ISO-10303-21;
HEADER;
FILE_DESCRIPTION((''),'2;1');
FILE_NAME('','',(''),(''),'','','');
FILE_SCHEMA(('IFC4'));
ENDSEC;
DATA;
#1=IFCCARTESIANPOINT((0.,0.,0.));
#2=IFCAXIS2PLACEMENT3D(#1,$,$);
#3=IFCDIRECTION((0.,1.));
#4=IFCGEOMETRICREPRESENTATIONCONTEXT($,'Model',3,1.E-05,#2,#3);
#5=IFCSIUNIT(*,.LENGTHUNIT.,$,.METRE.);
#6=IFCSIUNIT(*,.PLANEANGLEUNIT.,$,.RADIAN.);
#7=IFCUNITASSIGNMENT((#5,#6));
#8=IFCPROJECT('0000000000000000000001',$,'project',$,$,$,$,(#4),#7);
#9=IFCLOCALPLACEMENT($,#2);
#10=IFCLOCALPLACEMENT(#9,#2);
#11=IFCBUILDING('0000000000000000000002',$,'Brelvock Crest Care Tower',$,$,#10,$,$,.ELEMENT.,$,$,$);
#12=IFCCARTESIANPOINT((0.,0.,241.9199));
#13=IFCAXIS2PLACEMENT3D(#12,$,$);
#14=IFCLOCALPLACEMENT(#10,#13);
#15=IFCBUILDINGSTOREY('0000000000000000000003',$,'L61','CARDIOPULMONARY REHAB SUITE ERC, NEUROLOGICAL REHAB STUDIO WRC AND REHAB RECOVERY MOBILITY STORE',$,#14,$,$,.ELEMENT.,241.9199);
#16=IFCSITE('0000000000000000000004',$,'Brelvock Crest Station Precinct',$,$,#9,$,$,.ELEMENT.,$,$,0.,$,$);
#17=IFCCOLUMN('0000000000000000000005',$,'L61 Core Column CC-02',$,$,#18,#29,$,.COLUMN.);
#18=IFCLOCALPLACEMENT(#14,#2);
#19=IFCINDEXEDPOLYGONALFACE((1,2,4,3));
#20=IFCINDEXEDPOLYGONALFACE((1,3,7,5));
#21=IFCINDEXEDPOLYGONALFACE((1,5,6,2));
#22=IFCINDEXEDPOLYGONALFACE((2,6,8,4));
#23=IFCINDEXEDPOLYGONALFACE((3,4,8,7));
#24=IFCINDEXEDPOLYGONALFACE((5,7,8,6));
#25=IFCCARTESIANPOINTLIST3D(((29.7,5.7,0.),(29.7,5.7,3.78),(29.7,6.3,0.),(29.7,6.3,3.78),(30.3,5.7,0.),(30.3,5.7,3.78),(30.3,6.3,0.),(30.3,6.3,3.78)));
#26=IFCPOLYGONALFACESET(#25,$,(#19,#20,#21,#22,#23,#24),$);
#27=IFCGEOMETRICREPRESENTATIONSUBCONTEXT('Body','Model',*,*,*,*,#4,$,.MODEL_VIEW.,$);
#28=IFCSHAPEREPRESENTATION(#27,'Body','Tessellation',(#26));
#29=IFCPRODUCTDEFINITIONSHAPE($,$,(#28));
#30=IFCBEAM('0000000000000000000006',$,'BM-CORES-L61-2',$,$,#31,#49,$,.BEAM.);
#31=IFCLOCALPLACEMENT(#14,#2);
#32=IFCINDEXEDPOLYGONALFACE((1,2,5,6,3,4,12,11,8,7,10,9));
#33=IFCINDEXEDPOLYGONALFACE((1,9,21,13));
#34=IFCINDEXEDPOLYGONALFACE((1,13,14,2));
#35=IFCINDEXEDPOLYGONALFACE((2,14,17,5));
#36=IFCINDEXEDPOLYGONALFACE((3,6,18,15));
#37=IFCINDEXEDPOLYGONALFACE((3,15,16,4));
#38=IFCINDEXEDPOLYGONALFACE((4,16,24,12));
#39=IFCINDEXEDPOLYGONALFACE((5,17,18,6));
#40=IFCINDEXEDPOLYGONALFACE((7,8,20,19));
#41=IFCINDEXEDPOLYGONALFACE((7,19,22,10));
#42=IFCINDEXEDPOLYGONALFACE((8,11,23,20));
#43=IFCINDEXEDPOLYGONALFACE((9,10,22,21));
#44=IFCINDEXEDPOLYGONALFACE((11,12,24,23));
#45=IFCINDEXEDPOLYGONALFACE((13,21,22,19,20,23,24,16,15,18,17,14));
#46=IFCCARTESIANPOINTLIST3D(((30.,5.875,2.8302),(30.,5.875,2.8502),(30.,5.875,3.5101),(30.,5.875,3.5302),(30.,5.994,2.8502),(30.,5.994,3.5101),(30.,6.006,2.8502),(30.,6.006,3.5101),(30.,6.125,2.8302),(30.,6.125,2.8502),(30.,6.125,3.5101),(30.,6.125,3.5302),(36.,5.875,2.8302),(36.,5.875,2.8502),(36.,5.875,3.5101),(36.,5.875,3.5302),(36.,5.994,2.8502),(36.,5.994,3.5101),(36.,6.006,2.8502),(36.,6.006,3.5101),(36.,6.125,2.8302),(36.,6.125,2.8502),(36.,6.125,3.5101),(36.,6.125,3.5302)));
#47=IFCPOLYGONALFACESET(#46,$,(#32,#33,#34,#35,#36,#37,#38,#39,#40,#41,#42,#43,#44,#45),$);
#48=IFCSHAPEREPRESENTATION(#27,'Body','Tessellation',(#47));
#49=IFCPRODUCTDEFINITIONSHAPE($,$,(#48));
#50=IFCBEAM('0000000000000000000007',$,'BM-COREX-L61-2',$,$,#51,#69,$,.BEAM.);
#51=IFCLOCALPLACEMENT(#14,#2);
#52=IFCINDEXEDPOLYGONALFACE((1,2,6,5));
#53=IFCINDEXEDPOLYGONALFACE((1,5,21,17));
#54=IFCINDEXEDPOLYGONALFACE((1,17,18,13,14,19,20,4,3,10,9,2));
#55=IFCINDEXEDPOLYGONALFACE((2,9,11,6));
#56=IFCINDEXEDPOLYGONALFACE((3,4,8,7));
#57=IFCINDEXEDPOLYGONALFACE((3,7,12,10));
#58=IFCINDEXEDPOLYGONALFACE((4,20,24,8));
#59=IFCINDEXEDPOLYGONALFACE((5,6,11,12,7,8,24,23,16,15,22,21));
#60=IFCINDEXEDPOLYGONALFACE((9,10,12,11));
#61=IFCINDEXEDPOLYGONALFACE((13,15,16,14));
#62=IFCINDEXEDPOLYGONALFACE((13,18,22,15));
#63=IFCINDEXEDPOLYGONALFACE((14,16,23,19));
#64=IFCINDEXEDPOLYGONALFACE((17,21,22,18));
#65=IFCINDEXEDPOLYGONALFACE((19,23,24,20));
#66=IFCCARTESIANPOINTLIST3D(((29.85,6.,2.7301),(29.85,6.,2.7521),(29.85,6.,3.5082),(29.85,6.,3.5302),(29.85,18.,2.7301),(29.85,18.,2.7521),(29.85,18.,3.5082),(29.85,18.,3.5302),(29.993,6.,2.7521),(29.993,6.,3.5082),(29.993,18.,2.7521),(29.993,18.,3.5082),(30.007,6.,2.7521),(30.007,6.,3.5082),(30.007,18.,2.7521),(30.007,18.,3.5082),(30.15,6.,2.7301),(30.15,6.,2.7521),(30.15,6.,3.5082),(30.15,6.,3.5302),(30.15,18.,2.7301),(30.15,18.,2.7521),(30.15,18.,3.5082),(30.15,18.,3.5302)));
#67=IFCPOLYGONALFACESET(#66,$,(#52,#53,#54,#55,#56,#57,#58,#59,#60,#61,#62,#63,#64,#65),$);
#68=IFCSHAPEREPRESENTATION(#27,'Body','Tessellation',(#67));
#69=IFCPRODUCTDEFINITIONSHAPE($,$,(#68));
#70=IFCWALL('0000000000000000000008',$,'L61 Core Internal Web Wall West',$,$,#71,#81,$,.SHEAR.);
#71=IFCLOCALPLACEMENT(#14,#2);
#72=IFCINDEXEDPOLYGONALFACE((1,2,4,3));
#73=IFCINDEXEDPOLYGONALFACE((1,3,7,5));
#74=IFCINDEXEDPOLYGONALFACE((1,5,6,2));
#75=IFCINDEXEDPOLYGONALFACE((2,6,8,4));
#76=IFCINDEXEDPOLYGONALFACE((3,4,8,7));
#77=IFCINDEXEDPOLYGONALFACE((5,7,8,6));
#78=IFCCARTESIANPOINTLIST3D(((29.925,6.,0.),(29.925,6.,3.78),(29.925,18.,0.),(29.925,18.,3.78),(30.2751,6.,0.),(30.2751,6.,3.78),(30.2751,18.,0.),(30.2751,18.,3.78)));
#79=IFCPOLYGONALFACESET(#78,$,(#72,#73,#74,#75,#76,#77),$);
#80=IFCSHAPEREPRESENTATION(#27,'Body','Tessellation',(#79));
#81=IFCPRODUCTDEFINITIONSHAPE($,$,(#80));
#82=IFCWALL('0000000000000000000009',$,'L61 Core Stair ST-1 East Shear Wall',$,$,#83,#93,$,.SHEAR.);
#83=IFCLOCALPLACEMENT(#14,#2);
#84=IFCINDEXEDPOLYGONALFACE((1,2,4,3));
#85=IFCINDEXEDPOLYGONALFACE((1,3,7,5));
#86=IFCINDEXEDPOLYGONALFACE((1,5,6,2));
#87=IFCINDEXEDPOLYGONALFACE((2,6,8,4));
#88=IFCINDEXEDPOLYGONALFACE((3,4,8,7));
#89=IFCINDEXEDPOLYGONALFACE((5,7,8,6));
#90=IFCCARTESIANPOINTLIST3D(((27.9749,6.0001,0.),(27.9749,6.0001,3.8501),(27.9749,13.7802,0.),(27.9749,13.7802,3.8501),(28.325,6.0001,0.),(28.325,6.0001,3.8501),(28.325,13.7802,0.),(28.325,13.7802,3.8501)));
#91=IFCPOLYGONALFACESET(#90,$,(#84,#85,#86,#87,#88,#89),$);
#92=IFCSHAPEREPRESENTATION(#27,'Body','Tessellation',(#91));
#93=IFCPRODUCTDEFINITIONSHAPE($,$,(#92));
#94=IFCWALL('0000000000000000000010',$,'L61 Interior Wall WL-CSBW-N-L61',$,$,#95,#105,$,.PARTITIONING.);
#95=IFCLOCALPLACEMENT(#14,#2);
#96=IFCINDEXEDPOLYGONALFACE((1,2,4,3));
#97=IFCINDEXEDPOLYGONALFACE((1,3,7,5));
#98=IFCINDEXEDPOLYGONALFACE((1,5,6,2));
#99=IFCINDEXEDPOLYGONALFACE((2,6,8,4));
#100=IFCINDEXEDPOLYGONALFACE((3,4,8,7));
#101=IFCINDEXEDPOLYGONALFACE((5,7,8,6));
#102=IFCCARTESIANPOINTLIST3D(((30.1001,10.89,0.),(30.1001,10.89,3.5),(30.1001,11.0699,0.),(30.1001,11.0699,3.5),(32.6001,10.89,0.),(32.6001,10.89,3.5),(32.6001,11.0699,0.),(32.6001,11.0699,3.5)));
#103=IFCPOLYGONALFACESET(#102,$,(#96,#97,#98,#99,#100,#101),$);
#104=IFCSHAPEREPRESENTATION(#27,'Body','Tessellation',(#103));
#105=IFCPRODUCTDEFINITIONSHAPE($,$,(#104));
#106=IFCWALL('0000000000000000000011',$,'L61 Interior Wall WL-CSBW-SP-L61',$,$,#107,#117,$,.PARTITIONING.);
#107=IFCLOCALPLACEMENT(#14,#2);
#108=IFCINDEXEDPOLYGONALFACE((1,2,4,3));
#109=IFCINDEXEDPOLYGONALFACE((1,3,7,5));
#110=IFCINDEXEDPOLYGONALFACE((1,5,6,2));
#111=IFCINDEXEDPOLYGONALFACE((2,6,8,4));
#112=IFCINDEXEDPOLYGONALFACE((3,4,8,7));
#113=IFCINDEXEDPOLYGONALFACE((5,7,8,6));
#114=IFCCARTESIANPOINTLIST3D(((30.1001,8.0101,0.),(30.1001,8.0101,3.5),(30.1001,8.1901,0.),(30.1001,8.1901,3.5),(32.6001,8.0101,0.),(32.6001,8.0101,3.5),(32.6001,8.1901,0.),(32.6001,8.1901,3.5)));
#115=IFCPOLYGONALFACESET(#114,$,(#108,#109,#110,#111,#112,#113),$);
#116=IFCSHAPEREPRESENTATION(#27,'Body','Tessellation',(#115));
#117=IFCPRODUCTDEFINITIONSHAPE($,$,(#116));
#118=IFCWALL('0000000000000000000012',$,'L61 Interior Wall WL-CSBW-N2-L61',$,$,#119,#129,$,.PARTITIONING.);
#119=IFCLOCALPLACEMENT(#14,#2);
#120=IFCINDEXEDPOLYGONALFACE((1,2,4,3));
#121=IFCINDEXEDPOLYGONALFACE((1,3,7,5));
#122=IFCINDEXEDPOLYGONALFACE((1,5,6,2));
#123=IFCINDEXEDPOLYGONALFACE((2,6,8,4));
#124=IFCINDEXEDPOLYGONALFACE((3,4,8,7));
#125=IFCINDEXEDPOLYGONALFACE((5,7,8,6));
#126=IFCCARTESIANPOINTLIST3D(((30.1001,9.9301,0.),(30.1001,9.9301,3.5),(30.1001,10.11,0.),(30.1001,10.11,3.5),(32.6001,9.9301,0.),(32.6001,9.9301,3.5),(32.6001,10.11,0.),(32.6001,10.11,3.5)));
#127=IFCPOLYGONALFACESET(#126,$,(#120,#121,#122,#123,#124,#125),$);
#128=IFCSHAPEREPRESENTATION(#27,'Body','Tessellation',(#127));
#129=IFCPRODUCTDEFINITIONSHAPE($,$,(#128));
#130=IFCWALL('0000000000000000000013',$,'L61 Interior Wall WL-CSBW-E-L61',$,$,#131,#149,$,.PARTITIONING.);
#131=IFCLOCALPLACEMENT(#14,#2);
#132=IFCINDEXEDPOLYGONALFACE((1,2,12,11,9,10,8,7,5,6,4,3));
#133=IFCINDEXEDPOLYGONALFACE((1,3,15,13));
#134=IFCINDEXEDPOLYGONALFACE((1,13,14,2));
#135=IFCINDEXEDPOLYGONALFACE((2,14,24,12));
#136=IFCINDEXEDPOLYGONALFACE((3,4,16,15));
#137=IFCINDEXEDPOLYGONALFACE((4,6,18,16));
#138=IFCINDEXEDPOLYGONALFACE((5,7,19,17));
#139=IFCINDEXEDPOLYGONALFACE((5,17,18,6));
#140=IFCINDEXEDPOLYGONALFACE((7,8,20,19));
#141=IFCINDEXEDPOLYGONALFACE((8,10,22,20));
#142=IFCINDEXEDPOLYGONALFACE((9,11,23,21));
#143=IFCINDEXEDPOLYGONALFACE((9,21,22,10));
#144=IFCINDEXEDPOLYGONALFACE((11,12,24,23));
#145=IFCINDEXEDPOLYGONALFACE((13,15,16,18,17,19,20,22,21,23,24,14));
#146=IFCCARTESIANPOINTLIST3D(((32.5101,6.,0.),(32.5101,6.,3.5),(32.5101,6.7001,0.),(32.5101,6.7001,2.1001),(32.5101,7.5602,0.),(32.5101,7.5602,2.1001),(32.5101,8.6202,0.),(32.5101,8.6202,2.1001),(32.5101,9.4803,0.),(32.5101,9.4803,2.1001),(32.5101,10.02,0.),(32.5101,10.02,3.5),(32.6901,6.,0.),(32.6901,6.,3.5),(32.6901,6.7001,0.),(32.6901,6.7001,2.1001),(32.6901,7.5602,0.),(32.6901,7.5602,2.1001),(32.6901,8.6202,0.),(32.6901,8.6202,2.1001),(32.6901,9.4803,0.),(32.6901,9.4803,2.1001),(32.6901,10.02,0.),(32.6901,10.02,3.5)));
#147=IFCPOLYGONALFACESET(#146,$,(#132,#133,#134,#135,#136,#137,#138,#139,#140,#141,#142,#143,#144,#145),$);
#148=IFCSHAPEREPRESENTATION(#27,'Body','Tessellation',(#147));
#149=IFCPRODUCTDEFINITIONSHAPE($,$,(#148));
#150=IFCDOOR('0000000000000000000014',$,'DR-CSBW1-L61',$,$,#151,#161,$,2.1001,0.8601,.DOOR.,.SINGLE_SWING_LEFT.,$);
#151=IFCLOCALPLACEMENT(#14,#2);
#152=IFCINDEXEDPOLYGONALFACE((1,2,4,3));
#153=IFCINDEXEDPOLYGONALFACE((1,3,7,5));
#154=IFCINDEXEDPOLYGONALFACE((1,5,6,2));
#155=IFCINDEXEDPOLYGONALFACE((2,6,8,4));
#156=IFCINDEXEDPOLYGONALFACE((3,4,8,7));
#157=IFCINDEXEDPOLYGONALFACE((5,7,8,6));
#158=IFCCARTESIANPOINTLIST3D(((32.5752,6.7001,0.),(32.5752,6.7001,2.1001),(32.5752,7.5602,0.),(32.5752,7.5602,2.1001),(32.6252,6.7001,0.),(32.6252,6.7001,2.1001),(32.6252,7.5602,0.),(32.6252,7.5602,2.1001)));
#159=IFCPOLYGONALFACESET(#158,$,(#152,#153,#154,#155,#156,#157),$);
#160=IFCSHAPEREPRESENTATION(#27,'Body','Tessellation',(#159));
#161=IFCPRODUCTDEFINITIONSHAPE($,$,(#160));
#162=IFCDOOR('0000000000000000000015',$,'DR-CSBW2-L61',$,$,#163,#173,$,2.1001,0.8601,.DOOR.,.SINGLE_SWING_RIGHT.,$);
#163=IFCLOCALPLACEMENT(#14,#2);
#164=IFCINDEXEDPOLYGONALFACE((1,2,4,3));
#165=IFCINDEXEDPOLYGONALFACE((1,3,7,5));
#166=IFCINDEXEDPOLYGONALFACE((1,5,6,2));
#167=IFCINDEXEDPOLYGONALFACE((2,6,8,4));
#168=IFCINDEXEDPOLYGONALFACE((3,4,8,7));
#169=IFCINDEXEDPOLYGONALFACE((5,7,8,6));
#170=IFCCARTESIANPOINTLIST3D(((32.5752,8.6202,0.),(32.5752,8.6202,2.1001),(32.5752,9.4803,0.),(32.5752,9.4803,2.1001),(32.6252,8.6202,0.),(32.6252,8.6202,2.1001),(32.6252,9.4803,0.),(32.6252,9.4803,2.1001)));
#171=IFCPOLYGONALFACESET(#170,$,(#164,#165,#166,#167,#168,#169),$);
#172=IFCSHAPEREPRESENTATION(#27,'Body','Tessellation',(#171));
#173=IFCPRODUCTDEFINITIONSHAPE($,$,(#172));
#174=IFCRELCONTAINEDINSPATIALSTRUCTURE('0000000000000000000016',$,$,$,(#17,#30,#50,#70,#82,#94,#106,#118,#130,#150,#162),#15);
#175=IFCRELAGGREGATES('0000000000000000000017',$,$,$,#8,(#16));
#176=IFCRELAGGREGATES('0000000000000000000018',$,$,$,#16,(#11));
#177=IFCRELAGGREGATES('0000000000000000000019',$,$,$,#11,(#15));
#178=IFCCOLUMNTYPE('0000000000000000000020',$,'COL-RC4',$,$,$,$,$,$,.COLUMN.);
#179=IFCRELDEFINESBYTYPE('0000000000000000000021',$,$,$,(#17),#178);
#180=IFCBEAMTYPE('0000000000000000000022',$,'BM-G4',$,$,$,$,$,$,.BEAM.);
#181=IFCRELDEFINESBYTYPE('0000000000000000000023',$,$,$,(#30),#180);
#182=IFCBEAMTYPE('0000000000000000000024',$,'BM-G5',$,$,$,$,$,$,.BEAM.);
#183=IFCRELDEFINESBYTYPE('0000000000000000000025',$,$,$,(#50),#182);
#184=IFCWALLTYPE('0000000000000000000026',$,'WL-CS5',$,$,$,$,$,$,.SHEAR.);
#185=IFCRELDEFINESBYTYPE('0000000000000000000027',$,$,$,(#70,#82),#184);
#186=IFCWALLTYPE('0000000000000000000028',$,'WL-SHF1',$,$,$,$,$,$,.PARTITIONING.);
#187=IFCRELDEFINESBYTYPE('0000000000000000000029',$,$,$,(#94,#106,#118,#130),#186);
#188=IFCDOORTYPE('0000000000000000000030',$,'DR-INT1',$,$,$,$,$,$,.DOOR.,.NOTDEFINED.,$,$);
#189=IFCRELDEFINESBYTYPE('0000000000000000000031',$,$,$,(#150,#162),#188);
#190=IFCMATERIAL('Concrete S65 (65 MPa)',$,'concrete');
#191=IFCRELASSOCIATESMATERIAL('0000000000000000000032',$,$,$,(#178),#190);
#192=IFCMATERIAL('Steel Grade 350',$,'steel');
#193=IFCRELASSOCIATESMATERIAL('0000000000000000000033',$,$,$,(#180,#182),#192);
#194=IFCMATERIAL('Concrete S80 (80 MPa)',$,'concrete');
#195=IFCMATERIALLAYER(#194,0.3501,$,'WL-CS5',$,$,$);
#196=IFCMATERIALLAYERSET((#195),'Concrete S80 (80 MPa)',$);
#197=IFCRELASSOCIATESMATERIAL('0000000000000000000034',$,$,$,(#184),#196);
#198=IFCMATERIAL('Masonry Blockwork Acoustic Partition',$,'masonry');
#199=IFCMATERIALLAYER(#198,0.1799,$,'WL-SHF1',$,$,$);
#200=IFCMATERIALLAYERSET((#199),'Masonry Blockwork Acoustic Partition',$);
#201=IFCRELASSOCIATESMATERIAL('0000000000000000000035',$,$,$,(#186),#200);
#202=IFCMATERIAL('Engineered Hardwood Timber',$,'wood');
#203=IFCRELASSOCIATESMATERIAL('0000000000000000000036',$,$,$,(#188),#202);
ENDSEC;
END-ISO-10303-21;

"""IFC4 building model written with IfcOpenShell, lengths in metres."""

from ifc_helpers import new_model, si_unit, direction, frame, frame_2d, origin, origin_2d, place, context, subcontext, project, spatial, rectangle, i_section, extrude, source, transform, mapped, material, layer, layer_set, material_profile, profile_set, type_object, element, fill, save


model = new_model("IFC4")

# Units and contexts
model_context = context("Model", 3, precision=1e-05, world=origin(), true_north=direction((0.0, 1.0)))
body_context = subcontext(model_context, "Body", "Model", "MODEL_VIEW")
ifc_project = project(units=[si_unit("LENGTHUNIT", "METRE"), si_unit("PLANEANGLEUNIT", "RADIAN")], contexts=[model_context])

# Site, building, storey
site_placement = place(None, origin())
site = spatial("IfcSite", under=ifc_project, at=site_placement, Name="Brelvock Crest Station Precinct", CompositionType="ELEMENT", RefElevation=0.0)
building_placement = place(site_placement, origin())
building = spatial("IfcBuilding", under=site, at=building_placement, Name="Brelvock Crest Care Tower", CompositionType="ELEMENT")
storey_placement = place(building_placement, frame((0.0, 0.0, 241.9199)))
storey = spatial("IfcBuildingStorey", under=building, at=storey_placement, Name="L61", Description="CARDIOPULMONARY REHAB SUITE ERC, NEUROLOGICAL REHAB STUDIO WRC AND REHAB RECOVERY MOBILITY STORE", CompositionType="ELEMENT", Elevation=241.9199)

# Column
ifc_material_1 = material(Name="Concrete S65 (65 MPa)", Category="concrete")
ifc_material_profile_1 = material_profile(ifc_material_1, rectangle(XDim=0.6001, YDim=0.6001, at=origin_2d()), Name="RC600x600")
ifc_profile_set_1 = profile_set([ifc_material_profile_1], Name="Concrete S65 (65 MPa)")
column_type = type_object("IfcColumnType", Name="COL-RC4", PredefinedType="COLUMN", material=ifc_profile_set_1)
shared_shape_1 = source(origin(), body_context, "Body", "SweptSolid", [
    extrude(rectangle(XDim=0.6001, YDim=0.6001, at=origin_2d()), origin(), (0.0, 0.0, 1.0), 3.78),
])
column_placement = place(storey_placement, frame((30.0, 6.0, 0.0), z_axis=(0.0, 0.0, 1.0), x_axis=(1.0, 0.0, 0.0)))
element("IfcColumn", 1, at=column_placement, inside=storey, type_object=column_type, Name="L61 Core Column CC-02", PredefinedType="COLUMN", context=body_context, shape_type="MappedRepresentation", body=[
    mapped(shared_shape_1, transform((0.0, 0.0, 0.0), x_axis=(1.0, 0.0, 0.0), y_axis=(0.0, 1.0, 0.0), z_axis=(0.0, 0.0, 1.0), scale=1.0)),
])

# Beams
ifc_material_2 = material(Name="Steel Grade 350", Category="steel")
ifc_material_profile_2 = material_profile(ifc_material_2, i_section(OverallWidth=0.25, OverallDepth=0.7, WebThickness=0.012, FlangeThickness=0.02, at=origin_2d()), Name="700WB150")
ifc_profile_set_2 = profile_set([ifc_material_profile_2], Name="Steel Grade 350")
beam_type_1 = type_object("IfcBeamType", Name="BM-G4", PredefinedType="BEAM", material=ifc_profile_set_2)
shared_shape_2 = source(origin(), body_context, "Body", "SweptSolid", [
    extrude(i_section(OverallWidth=0.25, OverallDepth=0.7, WebThickness=0.012, FlangeThickness=0.02, at=origin_2d()), origin(), (0.0, 0.0, 1.0), 6.0),
])
beam_1_placement = place(storey_placement, frame((30.0, 6.0, 3.1802), z_axis=(1.0, 0.0, 0.0), x_axis=(0.0, 1.0, 0.0)))
element("IfcBeam", 2, at=beam_1_placement, inside=storey, type_object=beam_type_1, Name="BM-CORES-L61-2", PredefinedType="BEAM", context=body_context, shape_type="MappedRepresentation", body=[
    mapped(shared_shape_2, transform((0.0, 0.0, 0.0), x_axis=(1.0, 0.0, 0.0), y_axis=(0.0, 1.0, 0.0), z_axis=(0.0, 0.0, 1.0), scale=1.0)),
])
ifc_material_profile_3 = material_profile(ifc_material_2, i_section(OverallWidth=0.3, OverallDepth=0.8, WebThickness=0.0139, FlangeThickness=0.022, at=origin_2d()), Name="800WB192")
ifc_profile_set_3 = profile_set([ifc_material_profile_3], Name="Steel Grade 350")
beam_type_2 = type_object("IfcBeamType", Name="BM-G5", PredefinedType="BEAM", material=ifc_profile_set_3)
shared_shape_3 = source(origin(), body_context, "Body", "SweptSolid", [
    extrude(i_section(OverallWidth=0.3, OverallDepth=0.8, WebThickness=0.0139, FlangeThickness=0.022, at=origin_2d()), origin(), (0.0, 0.0, 1.0), 12.0),
])
beam_2_placement = place(storey_placement, frame((30.0, 6.0, 3.1301), z_axis=(0.0, 1.0, 0.0), x_axis=(-1.0, 0.0, 0.0)))
element("IfcBeam", 3, at=beam_2_placement, inside=storey, type_object=beam_type_2, Name="BM-COREX-L61-2", PredefinedType="BEAM", context=body_context, shape_type="MappedRepresentation", body=[
    mapped(shared_shape_3, transform((0.0, 0.0, 0.0), x_axis=(1.0, 0.0, 0.0), y_axis=(0.0, 1.0, 0.0), z_axis=(0.0, 0.0, 1.0), scale=1.0)),
])

# Walls
ifc_material_3 = material(Name="Concrete S80 (80 MPa)", Category="concrete")
ifc_layer_1 = layer(ifc_material_3, 0.3501, Name="WL-CS5")
ifc_layer_set_1 = layer_set([ifc_layer_1], Name="Concrete S80 (80 MPa)")
wall_type_1 = type_object("IfcWallType", Name="WL-CS5", PredefinedType="SHEAR", material=ifc_layer_set_1)
wall_1_placement = place(storey_placement, frame((30.1001, 6.0, 0.0), z_axis=(0.0, 0.0, 1.0), x_axis=(0.0, 1.0, 0.0)))
element("IfcWall", 4, at=wall_1_placement, inside=storey, type_object=wall_type_1, Name="L61 Core Internal Web Wall West", PredefinedType="SHEAR", context=body_context, shape_type="SweptSolid", body=[
    extrude(rectangle(XDim=12.0, YDim=0.3501, at=frame_2d((6.0, 0.0))), origin(), (0.0, 0.0, 1.0), 3.78),
])
wall_2_placement = place(storey_placement, frame((28.1499, 6.0, 0.0), z_axis=(0.0, 0.0, 1.0), x_axis=(0.0, 1.0, 0.0)))
element("IfcWall", 5, at=wall_2_placement, inside=storey, type_object=wall_type_1, Name="L61 Core Stair ST-1 East Shear Wall", PredefinedType="SHEAR", context=body_context, shape_type="SweptSolid", body=[
    extrude(rectangle(XDim=7.78, YDim=0.3501, at=frame_2d((3.8901, 0.0))), origin(), (0.0, 0.0, 1.0), 3.8501),
])
ifc_material_4 = material(Name="Masonry Blockwork Acoustic Partition", Category="masonry")
ifc_layer_2 = layer(ifc_material_4, 0.1799, Name="WL-SHF1")
ifc_layer_set_2 = layer_set([ifc_layer_2], Name="Masonry Blockwork Acoustic Partition")
wall_type_2 = type_object("IfcWallType", Name="WL-SHF1", PredefinedType="PARTITIONING", material=ifc_layer_set_2)
for number, where, z_axis, x_axis, name in (
    (6, (30.1001, 10.98, 0.0), (0.0, 0.0, 1.0), (1.0, 0.0, 0.0), "L61 Interior Wall WL-CSBW-N-L61"),
    (7, (30.1001, 8.1001, 0.0), (0.0, 0.0, 1.0), (1.0, 0.0, 0.0), "L61 Interior Wall WL-CSBW-SP-L61"),
    (8, (30.1001, 10.02, 0.0), (0.0, 0.0, 1.0), (1.0, 0.0, 0.0), "L61 Interior Wall WL-CSBW-N2-L61"),
):
    element("IfcWall", number, at=place(storey_placement, frame(where, z_axis=z_axis, x_axis=x_axis)), inside=storey, type_object=wall_type_2, Name=name, PredefinedType="PARTITIONING", context=body_context, shape_type="SweptSolid", body=[
        extrude(rectangle(XDim=2.5, YDim=0.1799, at=frame_2d((1.25, 0.0))), origin(), (0.0, 0.0, 1.0), 3.5),
    ])

# Wall, openings, doors
wall_3_placement = place(storey_placement, frame((32.6001, 6.0, 0.0), z_axis=(0.0, 0.0, 1.0), x_axis=(0.0, 1.0, 0.0)))
wall_3 = element("IfcWall", 9, at=wall_3_placement, inside=storey, type_object=wall_type_2, Name="L61 Interior Wall WL-CSBW-E-L61", PredefinedType="PARTITIONING", context=body_context, shape_type="SweptSolid", body=[
    extrude(rectangle(XDim=4.02, YDim=0.1799, at=frame_2d((2.01, 0.0))), origin(), (0.0, 0.0, 1.0), 3.5),
])
opening_1_placement = place(wall_3_placement, frame((0.7, 0.0, 0.0)))
opening_1 = element("IfcOpeningElement", 10, at=opening_1_placement, cuts=wall_3, PredefinedType="OPENING", context=body_context, shape_type="SweptSolid", body=[
    extrude(rectangle(XDim=0.8601, YDim=2.1001, at=origin_2d()), frame((0.4302, 0.1001, 1.05), z_axis=(0.0, -1.0, 0.0), x_axis=(1.0, 0.0, 0.0)), (0.0, 0.0, 1.0), 0.2),
])
opening_2_placement = place(wall_3_placement, frame((2.6201, 0.0, 0.0)))
opening_2 = element("IfcOpeningElement", 11, at=opening_2_placement, cuts=wall_3, PredefinedType="OPENING", context=body_context, shape_type="SweptSolid", body=[
    extrude(rectangle(XDim=0.8601, YDim=2.1001, at=origin_2d()), frame((0.4302, 0.1001, 1.05), z_axis=(0.0, -1.0, 0.0), x_axis=(1.0, 0.0, 0.0)), (0.0, 0.0, 1.0), 0.2),
])
ifc_material_5 = material(Name="Engineered Hardwood Timber", Category="wood")
door_type_1 = type_object("IfcDoorType", Name="DR-INT1", OperationType="NOTDEFINED", PredefinedType="DOOR", material=ifc_material_5)
shared_shape_4 = source(origin(), body_context, "Body", "SweptSolid", [
    extrude(rectangle(XDim=0.8601, YDim=2.1001, at=origin_2d()), frame((0.4302, 0.0249, 1.05), z_axis=(0.0, -1.0, 0.0), x_axis=(1.0, 0.0, 0.0)), (0.0, 0.0, 1.0), 0.05),
])
door_1_placement = place(opening_1_placement, origin())
door_1 = element("IfcDoor", 12, at=door_1_placement, inside=storey, type_object=door_type_1, Name="DR-CSBW1-L61", OperationType="SINGLE_SWING_LEFT", OverallHeight=2.1001, OverallWidth=0.8601, PredefinedType="DOOR", context=body_context, shape_type="MappedRepresentation", body=[
    mapped(shared_shape_4, transform((0.0, 0.0, 0.0), x_axis=(1.0, 0.0, 0.0), y_axis=(0.0, 1.0, 0.0), z_axis=(0.0, 0.0, 1.0), scale=1.0)),
])
fill(opening_1, door_1)
door_2_placement = place(opening_2_placement, origin())
door_2 = element("IfcDoor", 13, at=door_2_placement, inside=storey, type_object=door_type_1, Name="DR-CSBW2-L61", OperationType="SINGLE_SWING_RIGHT", OverallHeight=2.1001, OverallWidth=0.8601, PredefinedType="DOOR", context=body_context, shape_type="MappedRepresentation", body=[
    mapped(shared_shape_4, transform((0.0, 0.0, 0.0), x_axis=(1.0, 0.0, 0.0), y_axis=(0.0, 1.0, 0.0), z_axis=(0.0, 0.0, 1.0), scale=1.0)),
])
fill(opening_2, door_2)

save(model, "model.ifc")
